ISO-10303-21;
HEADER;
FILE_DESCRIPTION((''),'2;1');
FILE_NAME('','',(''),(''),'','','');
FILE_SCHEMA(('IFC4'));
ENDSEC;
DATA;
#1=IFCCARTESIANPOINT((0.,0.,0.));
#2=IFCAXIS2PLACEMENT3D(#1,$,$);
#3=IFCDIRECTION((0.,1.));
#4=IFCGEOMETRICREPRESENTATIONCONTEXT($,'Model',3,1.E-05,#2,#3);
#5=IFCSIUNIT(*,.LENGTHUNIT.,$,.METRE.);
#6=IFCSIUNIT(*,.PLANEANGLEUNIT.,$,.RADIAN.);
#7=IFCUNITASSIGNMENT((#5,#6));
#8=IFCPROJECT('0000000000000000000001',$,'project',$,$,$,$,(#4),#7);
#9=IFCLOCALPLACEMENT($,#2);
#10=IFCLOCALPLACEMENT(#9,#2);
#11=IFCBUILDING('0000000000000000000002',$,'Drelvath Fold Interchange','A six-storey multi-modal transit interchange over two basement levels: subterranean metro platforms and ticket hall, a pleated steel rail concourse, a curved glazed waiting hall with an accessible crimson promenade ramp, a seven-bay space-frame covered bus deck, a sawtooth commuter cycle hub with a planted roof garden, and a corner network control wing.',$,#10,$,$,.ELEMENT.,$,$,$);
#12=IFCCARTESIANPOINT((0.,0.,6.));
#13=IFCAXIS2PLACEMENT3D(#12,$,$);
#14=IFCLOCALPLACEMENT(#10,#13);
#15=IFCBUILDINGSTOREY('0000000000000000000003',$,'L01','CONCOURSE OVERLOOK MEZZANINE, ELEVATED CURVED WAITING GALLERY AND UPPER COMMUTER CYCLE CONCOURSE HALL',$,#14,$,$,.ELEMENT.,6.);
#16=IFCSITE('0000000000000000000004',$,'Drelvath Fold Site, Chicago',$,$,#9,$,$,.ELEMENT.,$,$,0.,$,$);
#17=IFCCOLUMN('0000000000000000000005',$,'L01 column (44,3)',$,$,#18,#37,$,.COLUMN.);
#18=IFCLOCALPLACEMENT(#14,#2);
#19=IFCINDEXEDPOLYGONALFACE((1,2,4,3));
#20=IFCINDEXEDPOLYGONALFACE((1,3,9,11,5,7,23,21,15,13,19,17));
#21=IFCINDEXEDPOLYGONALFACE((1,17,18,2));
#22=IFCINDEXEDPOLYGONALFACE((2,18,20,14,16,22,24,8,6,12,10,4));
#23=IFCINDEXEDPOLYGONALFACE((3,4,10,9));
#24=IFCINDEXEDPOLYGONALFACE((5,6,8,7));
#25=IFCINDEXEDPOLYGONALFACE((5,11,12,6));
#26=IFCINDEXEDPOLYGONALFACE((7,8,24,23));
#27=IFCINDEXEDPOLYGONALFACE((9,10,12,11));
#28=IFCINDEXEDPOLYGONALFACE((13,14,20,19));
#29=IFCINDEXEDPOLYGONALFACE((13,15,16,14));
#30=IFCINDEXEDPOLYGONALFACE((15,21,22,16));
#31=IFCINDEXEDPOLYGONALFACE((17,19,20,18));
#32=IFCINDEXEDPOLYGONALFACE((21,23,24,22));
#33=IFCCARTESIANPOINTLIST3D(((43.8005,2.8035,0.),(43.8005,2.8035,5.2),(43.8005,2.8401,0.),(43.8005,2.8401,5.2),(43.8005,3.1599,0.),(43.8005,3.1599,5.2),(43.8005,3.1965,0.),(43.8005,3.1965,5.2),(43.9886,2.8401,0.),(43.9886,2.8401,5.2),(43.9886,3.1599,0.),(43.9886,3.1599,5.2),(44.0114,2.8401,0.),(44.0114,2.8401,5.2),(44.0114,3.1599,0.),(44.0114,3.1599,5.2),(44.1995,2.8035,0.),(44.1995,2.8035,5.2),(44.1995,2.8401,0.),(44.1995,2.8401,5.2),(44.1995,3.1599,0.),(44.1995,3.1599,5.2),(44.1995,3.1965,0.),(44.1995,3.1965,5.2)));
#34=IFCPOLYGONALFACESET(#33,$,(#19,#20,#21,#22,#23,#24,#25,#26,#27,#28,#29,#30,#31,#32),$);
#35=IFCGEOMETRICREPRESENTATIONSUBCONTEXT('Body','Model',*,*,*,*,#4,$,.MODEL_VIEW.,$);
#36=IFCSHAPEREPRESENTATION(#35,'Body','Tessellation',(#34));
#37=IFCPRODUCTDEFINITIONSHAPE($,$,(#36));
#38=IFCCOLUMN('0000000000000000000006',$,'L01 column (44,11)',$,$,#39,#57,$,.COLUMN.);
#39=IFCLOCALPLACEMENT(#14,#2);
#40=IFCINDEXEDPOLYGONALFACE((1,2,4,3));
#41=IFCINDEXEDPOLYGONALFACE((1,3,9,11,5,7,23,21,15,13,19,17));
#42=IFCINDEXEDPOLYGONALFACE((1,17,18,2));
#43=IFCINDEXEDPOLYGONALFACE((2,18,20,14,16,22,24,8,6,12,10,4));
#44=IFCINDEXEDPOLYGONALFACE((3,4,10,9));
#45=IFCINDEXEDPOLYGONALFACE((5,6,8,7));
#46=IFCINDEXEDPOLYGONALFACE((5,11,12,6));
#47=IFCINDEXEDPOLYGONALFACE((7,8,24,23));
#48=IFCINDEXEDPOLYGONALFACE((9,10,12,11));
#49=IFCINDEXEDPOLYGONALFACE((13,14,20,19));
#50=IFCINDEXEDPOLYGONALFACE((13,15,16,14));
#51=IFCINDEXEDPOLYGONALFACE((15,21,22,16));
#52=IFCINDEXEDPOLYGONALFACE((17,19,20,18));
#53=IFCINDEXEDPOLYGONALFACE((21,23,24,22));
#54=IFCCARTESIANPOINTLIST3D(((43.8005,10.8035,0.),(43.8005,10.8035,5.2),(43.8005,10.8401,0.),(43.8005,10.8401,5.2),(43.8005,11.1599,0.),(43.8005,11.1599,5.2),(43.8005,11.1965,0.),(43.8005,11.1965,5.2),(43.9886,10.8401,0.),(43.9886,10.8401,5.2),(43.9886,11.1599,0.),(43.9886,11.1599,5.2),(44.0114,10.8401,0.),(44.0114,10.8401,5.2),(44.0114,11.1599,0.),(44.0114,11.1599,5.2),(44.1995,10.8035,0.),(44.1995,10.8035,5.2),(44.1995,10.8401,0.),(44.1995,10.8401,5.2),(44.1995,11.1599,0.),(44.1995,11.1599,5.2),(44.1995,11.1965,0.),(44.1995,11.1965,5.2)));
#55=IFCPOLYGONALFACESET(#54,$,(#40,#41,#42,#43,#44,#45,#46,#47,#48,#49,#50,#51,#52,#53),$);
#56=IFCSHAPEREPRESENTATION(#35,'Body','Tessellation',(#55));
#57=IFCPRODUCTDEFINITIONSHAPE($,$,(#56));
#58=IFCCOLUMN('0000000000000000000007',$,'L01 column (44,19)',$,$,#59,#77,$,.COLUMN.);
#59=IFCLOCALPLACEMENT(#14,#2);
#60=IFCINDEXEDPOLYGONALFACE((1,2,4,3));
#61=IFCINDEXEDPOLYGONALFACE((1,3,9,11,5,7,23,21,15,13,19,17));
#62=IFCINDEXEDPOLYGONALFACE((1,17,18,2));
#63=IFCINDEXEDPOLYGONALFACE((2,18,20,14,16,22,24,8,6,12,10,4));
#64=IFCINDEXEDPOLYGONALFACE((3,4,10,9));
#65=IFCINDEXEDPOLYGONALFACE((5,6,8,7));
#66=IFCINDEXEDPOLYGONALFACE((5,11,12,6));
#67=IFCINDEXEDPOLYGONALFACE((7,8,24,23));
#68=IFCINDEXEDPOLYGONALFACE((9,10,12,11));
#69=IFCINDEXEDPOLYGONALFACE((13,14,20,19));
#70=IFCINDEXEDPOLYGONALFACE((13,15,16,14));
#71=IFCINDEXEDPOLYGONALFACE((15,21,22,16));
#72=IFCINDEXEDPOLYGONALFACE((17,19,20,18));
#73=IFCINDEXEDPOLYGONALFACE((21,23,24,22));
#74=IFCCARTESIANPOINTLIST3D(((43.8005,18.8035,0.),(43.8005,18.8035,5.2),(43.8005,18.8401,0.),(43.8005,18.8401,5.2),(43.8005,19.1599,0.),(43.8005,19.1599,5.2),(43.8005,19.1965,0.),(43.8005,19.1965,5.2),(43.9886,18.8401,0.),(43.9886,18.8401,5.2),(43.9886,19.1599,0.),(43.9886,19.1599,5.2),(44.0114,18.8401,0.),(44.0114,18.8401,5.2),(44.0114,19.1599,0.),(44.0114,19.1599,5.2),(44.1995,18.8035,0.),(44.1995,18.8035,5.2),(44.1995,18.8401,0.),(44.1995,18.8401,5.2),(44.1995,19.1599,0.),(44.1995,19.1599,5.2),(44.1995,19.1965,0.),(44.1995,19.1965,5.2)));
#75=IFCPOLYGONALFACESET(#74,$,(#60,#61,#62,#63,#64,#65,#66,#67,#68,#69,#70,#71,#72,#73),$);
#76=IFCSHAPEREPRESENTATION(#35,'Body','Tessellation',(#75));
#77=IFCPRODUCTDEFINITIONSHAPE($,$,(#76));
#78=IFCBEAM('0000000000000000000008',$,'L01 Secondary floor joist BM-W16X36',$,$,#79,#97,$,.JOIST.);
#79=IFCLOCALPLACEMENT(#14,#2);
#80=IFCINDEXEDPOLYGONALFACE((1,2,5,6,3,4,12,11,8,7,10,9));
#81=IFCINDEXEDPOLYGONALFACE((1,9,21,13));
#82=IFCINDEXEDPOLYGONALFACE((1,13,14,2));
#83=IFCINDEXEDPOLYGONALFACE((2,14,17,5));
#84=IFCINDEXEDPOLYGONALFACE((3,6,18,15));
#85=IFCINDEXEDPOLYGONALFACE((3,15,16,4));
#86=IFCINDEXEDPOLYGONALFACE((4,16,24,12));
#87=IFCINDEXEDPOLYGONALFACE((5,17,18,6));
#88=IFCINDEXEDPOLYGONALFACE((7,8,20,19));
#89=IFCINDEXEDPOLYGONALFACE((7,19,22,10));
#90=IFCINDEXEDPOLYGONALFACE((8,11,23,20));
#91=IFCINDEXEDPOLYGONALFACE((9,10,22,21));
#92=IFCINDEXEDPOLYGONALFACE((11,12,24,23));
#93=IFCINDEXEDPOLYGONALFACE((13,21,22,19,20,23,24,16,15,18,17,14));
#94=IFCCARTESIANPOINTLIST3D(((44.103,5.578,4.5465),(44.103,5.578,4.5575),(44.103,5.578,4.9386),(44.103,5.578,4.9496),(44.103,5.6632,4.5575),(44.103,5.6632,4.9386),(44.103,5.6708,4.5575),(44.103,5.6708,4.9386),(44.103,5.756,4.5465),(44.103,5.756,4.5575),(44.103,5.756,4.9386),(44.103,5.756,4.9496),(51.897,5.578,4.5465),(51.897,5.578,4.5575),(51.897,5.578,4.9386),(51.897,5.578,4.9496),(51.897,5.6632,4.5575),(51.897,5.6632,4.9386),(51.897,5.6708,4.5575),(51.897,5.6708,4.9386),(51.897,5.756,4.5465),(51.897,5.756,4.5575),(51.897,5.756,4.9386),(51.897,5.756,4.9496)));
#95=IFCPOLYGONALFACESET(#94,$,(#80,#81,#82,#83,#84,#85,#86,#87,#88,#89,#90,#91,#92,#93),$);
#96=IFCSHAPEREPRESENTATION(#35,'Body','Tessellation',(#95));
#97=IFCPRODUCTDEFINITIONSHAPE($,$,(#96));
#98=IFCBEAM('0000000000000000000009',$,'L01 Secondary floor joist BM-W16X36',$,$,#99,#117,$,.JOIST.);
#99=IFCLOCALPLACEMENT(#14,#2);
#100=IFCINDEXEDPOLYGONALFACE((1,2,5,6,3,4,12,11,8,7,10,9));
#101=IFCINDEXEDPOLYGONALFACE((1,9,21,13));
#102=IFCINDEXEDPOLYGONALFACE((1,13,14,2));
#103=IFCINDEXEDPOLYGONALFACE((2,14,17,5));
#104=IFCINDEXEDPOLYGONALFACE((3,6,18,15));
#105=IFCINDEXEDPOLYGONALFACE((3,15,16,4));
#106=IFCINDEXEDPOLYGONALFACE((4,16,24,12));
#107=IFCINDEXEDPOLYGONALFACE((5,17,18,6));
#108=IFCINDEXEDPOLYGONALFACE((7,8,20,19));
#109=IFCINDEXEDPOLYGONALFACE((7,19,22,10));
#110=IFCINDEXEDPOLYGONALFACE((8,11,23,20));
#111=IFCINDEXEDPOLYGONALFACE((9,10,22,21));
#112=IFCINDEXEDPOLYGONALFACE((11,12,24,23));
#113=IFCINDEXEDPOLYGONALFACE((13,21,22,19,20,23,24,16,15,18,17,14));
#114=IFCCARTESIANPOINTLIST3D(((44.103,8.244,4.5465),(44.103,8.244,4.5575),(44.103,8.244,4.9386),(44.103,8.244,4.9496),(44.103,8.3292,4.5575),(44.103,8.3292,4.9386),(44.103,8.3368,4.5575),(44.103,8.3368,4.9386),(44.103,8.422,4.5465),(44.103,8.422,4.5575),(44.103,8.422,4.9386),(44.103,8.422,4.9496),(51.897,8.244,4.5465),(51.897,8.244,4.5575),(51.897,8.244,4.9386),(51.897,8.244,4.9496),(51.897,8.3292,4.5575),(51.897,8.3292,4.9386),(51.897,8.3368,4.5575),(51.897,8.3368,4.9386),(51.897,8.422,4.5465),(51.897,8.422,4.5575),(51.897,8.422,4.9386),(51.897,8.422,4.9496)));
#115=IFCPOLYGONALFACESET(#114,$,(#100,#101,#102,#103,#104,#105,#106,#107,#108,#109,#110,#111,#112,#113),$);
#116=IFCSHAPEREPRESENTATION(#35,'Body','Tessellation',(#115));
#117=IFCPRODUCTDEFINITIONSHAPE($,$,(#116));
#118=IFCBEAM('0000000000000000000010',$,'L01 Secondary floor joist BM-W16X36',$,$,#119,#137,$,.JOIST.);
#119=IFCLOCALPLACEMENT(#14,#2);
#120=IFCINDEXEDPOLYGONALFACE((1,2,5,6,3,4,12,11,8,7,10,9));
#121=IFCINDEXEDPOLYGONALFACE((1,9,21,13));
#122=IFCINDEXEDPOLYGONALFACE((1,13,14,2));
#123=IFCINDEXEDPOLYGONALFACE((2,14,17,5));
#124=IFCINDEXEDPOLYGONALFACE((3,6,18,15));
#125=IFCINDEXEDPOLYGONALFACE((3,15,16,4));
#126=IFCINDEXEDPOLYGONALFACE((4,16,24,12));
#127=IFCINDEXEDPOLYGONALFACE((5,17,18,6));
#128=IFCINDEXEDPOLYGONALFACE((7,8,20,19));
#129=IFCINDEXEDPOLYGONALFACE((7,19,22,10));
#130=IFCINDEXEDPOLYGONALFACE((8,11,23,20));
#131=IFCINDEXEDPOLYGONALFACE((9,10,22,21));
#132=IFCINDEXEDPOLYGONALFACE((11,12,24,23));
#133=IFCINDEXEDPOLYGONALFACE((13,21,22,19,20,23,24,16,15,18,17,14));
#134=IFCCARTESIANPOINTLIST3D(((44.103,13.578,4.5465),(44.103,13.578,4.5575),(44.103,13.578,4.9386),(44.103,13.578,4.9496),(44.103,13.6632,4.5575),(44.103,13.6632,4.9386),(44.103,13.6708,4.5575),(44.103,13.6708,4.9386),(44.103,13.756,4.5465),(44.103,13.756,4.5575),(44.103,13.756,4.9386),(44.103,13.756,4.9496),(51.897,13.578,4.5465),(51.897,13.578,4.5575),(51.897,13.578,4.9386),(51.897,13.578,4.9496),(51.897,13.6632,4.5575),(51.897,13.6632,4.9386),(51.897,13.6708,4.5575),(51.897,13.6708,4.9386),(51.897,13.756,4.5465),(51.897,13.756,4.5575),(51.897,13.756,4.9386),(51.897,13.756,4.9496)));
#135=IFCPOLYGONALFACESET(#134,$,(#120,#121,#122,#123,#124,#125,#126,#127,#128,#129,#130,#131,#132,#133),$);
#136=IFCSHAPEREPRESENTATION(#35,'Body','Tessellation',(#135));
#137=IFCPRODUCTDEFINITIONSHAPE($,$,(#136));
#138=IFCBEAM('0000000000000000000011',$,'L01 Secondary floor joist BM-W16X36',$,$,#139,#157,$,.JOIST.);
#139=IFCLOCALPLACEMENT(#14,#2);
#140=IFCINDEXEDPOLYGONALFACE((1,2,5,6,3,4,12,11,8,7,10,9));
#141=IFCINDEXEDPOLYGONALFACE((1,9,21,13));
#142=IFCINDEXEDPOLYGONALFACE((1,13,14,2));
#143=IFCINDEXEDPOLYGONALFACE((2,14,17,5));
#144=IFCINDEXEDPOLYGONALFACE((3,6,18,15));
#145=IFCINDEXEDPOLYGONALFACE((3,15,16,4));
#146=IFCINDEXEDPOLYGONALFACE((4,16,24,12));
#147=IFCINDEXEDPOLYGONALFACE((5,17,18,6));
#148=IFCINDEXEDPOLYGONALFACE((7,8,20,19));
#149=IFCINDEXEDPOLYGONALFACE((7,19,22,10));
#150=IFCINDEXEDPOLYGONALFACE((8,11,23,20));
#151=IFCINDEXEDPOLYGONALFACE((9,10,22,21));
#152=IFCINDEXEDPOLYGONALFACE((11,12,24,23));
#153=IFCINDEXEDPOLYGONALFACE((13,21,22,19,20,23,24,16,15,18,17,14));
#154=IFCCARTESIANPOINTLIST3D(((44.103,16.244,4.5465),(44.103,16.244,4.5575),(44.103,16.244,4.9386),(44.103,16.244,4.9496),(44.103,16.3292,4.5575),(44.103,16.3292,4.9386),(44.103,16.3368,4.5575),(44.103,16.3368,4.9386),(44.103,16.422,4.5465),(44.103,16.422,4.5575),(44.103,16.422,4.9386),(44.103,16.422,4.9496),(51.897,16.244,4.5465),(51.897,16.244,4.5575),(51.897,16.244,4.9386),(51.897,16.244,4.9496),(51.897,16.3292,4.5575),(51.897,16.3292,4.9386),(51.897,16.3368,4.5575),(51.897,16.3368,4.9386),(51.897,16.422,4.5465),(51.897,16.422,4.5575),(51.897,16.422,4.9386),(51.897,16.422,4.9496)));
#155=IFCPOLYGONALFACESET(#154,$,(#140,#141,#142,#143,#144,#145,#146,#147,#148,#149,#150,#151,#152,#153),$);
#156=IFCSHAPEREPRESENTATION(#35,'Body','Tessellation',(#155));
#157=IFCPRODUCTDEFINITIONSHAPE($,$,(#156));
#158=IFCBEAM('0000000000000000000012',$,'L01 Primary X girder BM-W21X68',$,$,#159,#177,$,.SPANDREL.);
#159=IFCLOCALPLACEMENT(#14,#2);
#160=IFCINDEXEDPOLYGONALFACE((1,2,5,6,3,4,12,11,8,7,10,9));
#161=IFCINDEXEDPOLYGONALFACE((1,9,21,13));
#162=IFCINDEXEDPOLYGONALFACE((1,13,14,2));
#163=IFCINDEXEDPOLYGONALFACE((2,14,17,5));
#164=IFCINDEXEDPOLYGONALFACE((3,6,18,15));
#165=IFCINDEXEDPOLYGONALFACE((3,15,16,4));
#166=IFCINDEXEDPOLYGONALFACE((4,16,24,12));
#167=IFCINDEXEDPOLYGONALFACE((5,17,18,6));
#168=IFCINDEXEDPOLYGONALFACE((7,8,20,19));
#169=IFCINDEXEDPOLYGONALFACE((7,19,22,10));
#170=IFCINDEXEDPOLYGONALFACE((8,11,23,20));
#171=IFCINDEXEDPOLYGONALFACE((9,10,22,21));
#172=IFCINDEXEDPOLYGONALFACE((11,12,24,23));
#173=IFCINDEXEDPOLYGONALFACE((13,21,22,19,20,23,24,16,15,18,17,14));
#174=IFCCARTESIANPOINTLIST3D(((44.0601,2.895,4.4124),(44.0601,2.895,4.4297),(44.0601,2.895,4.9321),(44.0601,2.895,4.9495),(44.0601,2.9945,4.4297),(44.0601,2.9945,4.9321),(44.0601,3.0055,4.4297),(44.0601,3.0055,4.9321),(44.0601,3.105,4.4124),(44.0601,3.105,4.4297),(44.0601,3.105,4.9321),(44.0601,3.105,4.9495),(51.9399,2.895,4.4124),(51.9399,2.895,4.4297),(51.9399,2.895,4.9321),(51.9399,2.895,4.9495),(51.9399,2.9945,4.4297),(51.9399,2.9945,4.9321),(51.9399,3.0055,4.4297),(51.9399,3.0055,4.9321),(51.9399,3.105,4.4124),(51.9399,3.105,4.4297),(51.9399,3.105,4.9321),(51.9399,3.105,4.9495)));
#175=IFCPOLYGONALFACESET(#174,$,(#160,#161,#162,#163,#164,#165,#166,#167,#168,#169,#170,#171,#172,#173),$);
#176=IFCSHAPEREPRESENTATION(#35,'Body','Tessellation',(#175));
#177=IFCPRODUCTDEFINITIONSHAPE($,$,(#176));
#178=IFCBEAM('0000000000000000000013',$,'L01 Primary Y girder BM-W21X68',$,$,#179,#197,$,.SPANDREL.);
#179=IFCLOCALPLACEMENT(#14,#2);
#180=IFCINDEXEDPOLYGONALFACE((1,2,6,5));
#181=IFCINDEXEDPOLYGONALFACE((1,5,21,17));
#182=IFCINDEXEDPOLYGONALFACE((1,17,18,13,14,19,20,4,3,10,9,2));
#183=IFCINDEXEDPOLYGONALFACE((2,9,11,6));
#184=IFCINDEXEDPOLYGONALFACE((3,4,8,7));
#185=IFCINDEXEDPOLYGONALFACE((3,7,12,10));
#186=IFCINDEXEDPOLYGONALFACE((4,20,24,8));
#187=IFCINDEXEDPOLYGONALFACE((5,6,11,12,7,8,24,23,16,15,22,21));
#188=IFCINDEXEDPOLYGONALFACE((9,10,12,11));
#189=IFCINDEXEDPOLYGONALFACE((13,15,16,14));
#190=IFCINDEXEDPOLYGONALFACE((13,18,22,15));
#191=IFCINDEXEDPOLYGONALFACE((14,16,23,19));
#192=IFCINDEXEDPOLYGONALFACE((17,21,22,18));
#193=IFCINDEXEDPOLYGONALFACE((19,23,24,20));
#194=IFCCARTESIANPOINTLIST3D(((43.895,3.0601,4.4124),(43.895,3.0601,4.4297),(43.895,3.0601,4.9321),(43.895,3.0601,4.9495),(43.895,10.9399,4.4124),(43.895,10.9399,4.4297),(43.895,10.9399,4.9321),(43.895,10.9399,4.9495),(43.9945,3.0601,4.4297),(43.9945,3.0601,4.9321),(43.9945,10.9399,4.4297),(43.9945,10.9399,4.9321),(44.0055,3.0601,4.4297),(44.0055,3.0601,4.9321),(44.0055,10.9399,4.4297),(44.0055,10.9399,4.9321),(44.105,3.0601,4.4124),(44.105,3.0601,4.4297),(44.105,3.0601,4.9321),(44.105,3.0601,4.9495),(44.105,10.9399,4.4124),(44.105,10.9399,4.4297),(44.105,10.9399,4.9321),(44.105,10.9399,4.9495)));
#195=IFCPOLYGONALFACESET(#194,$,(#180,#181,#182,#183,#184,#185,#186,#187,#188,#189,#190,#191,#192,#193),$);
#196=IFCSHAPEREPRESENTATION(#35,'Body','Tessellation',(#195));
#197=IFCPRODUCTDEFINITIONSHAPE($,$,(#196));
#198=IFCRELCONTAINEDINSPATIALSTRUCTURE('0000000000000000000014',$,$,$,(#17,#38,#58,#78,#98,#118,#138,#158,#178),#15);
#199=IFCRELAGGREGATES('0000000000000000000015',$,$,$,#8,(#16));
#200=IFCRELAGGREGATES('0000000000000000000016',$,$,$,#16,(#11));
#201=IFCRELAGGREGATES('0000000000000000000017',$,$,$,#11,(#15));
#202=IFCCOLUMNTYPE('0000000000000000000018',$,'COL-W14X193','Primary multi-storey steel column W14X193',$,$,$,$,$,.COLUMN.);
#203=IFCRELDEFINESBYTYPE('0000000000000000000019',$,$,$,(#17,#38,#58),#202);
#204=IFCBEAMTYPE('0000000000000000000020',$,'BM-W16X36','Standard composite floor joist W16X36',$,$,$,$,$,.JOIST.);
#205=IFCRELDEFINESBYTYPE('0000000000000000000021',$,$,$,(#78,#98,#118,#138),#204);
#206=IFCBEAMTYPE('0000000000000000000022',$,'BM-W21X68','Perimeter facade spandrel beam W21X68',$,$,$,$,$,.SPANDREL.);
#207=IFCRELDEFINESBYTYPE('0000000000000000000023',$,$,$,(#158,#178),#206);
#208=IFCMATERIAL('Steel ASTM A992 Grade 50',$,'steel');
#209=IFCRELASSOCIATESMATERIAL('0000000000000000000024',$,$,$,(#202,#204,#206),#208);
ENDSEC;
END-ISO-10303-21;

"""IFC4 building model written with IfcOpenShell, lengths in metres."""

from ifc_helpers import new_model, si_unit, direction, frame, origin, origin_2d, place, context, subcontext, project, spatial, i_section, extrude, material, material_profile, profile_set, type_object, element, save


model = new_model("IFC4")

# Units and contexts
model_context = context("Model", 3, precision=1e-05, world=origin(), true_north=direction((0.0, 1.0)))
body_context = subcontext(model_context, "Body", "Model", "MODEL_VIEW")
ifc_project = project(units=[si_unit("LENGTHUNIT", "METRE"), si_unit("PLANEANGLEUNIT", "RADIAN")], contexts=[model_context])

# Site, building, storey
site_placement = place(None, origin())
site = spatial("IfcSite", under=ifc_project, at=site_placement, Name="Drelvath Fold Site, Chicago", CompositionType="ELEMENT", RefElevation=0.0)
building_placement = place(site_placement, origin())
building = spatial("IfcBuilding", under=site, at=building_placement, Name="Drelvath Fold Interchange", Description="A six-storey multi-modal transit interchange over two basement levels: subterranean metro platforms and ticket hall, a pleated steel rail concourse, a curved glazed waiting hall with an accessible crimson promenade ramp, a seven-bay space-frame covered bus deck, a sawtooth commuter cycle hub with a planted roof garden, and a corner network control wing.", CompositionType="ELEMENT")
storey_placement = place(building_placement, frame((0.0, 0.0, 6.0)))
storey = spatial("IfcBuildingStorey", under=building, at=storey_placement, Name="L01", Description="CONCOURSE OVERLOOK MEZZANINE, ELEVATED CURVED WAITING GALLERY AND UPPER COMMUTER CYCLE CONCOURSE HALL", CompositionType="ELEMENT", Elevation=6.0)

# Columns
ifc_material_1 = material(Name="Steel ASTM A992 Grade 50", Category="steel")
ifc_material_profile_1 = material_profile(ifc_material_1, i_section(OverallWidth=0.3989, OverallDepth=0.3931, WebThickness=0.0227, FlangeThickness=0.0366, at=origin_2d()), Name="W14X193")
ifc_profile_set_1 = profile_set([ifc_material_profile_1], Name="Steel ASTM A992 Grade 50")
column_type = type_object("IfcColumnType", Name="COL-W14X193", Description="Primary multi-storey steel column W14X193", PredefinedType="COLUMN", material=ifc_profile_set_1)
for number, where, z_axis, x_axis, name in (
    (1, (44.0, 3.0, 0.0), (0.0, 0.0, 1.0), (1.0, 0.0, 0.0), "L01 column (44,3)"),
    (2, (44.0, 11.0, 0.0), (0.0, 0.0, 1.0), (1.0, 0.0, 0.0), "L01 column (44,11)"),
    (3, (44.0, 19.0, 0.0), (0.0, 0.0, 1.0), (1.0, 0.0, 0.0), "L01 column (44,19)"),
):
    element("IfcColumn", number, at=place(storey_placement, frame(where, z_axis=z_axis, x_axis=x_axis)), inside=storey, type_object=column_type, Name=name, PredefinedType="COLUMN", context=body_context, shape_type="SweptSolid", body=[
        extrude(i_section(OverallWidth=0.3989, OverallDepth=0.3931, WebThickness=0.0227, FlangeThickness=0.0366, at=origin_2d()), origin(), (0.0, 0.0, 1.0), 5.2),
    ])

# Beams
ifc_material_profile_2 = material_profile(ifc_material_1, i_section(OverallWidth=0.178, OverallDepth=0.4031, WebThickness=0.0076, FlangeThickness=0.011, at=origin_2d()), Name="W16X36")
ifc_profile_set_2 = profile_set([ifc_material_profile_2], Name="Steel ASTM A992 Grade 50")
beam_type_1 = type_object("IfcBeamType", Name="BM-W16X36", Description="Standard composite floor joist W16X36", PredefinedType="JOIST", material=ifc_profile_set_2)
for number, where, z_axis, x_axis, name in (
    (4, (44.103, 5.667, 4.748), (1.0, 0.0, 0.0), (0.0, 1.0, 0.0), "L01 Secondary floor joist BM-W16X36"),
    (5, (44.103, 8.333, 4.748), (1.0, 0.0, 0.0), (0.0, 1.0, 0.0), "L01 Secondary floor joist BM-W16X36"),
    (6, (44.103, 13.667, 4.748), (1.0, 0.0, 0.0), (0.0, 1.0, 0.0), "L01 Secondary floor joist BM-W16X36"),
    (7, (44.103, 16.333, 4.748), (1.0, 0.0, 0.0), (0.0, 1.0, 0.0), "L01 Secondary floor joist BM-W16X36"),
):
    element("IfcBeam", number, at=place(storey_placement, frame(where, z_axis=z_axis, x_axis=x_axis)), inside=storey, type_object=beam_type_1, Name=name, PredefinedType="JOIST", context=body_context, shape_type="SweptSolid", body=[
        extrude(i_section(OverallWidth=0.178, OverallDepth=0.4031, WebThickness=0.0076, FlangeThickness=0.011, at=origin_2d()), origin(), (0.0, 0.0, 1.0), 7.7939),
    ])
ifc_material_profile_3 = material_profile(ifc_material_1, i_section(OverallWidth=0.21, OverallDepth=0.5371, WebThickness=0.011, FlangeThickness=0.0173, at=origin_2d()), Name="W21X68")
ifc_profile_set_3 = profile_set([ifc_material_profile_3], Name="Steel ASTM A992 Grade 50")
beam_type_2 = type_object("IfcBeamType", Name="BM-W21X68", Description="Perimeter facade spandrel beam W21X68", PredefinedType="SPANDREL", material=ifc_profile_set_3)
for number, where, z_axis, x_axis, name in (
    (8, (44.0601, 3.0, 4.6809), (1.0, 0.0, 0.0), (0.0, 1.0, 0.0), "L01 Primary X girder BM-W21X68"),
    (9, (44.0, 3.0601, 4.6809), (0.0, 1.0, 0.0), (-1.0, 0.0, 0.0), "L01 Primary Y girder BM-W21X68"),
):
    element("IfcBeam", number, at=place(storey_placement, frame(where, z_axis=z_axis, x_axis=x_axis)), inside=storey, type_object=beam_type_2, Name=name, PredefinedType="SPANDREL", context=body_context, shape_type="SweptSolid", body=[
        extrude(i_section(OverallWidth=0.21, OverallDepth=0.5371, WebThickness=0.011, FlangeThickness=0.0173, at=origin_2d()), origin(), (0.0, 0.0, 1.0), 7.8799),
    ])

save(model, "model.ifc")
